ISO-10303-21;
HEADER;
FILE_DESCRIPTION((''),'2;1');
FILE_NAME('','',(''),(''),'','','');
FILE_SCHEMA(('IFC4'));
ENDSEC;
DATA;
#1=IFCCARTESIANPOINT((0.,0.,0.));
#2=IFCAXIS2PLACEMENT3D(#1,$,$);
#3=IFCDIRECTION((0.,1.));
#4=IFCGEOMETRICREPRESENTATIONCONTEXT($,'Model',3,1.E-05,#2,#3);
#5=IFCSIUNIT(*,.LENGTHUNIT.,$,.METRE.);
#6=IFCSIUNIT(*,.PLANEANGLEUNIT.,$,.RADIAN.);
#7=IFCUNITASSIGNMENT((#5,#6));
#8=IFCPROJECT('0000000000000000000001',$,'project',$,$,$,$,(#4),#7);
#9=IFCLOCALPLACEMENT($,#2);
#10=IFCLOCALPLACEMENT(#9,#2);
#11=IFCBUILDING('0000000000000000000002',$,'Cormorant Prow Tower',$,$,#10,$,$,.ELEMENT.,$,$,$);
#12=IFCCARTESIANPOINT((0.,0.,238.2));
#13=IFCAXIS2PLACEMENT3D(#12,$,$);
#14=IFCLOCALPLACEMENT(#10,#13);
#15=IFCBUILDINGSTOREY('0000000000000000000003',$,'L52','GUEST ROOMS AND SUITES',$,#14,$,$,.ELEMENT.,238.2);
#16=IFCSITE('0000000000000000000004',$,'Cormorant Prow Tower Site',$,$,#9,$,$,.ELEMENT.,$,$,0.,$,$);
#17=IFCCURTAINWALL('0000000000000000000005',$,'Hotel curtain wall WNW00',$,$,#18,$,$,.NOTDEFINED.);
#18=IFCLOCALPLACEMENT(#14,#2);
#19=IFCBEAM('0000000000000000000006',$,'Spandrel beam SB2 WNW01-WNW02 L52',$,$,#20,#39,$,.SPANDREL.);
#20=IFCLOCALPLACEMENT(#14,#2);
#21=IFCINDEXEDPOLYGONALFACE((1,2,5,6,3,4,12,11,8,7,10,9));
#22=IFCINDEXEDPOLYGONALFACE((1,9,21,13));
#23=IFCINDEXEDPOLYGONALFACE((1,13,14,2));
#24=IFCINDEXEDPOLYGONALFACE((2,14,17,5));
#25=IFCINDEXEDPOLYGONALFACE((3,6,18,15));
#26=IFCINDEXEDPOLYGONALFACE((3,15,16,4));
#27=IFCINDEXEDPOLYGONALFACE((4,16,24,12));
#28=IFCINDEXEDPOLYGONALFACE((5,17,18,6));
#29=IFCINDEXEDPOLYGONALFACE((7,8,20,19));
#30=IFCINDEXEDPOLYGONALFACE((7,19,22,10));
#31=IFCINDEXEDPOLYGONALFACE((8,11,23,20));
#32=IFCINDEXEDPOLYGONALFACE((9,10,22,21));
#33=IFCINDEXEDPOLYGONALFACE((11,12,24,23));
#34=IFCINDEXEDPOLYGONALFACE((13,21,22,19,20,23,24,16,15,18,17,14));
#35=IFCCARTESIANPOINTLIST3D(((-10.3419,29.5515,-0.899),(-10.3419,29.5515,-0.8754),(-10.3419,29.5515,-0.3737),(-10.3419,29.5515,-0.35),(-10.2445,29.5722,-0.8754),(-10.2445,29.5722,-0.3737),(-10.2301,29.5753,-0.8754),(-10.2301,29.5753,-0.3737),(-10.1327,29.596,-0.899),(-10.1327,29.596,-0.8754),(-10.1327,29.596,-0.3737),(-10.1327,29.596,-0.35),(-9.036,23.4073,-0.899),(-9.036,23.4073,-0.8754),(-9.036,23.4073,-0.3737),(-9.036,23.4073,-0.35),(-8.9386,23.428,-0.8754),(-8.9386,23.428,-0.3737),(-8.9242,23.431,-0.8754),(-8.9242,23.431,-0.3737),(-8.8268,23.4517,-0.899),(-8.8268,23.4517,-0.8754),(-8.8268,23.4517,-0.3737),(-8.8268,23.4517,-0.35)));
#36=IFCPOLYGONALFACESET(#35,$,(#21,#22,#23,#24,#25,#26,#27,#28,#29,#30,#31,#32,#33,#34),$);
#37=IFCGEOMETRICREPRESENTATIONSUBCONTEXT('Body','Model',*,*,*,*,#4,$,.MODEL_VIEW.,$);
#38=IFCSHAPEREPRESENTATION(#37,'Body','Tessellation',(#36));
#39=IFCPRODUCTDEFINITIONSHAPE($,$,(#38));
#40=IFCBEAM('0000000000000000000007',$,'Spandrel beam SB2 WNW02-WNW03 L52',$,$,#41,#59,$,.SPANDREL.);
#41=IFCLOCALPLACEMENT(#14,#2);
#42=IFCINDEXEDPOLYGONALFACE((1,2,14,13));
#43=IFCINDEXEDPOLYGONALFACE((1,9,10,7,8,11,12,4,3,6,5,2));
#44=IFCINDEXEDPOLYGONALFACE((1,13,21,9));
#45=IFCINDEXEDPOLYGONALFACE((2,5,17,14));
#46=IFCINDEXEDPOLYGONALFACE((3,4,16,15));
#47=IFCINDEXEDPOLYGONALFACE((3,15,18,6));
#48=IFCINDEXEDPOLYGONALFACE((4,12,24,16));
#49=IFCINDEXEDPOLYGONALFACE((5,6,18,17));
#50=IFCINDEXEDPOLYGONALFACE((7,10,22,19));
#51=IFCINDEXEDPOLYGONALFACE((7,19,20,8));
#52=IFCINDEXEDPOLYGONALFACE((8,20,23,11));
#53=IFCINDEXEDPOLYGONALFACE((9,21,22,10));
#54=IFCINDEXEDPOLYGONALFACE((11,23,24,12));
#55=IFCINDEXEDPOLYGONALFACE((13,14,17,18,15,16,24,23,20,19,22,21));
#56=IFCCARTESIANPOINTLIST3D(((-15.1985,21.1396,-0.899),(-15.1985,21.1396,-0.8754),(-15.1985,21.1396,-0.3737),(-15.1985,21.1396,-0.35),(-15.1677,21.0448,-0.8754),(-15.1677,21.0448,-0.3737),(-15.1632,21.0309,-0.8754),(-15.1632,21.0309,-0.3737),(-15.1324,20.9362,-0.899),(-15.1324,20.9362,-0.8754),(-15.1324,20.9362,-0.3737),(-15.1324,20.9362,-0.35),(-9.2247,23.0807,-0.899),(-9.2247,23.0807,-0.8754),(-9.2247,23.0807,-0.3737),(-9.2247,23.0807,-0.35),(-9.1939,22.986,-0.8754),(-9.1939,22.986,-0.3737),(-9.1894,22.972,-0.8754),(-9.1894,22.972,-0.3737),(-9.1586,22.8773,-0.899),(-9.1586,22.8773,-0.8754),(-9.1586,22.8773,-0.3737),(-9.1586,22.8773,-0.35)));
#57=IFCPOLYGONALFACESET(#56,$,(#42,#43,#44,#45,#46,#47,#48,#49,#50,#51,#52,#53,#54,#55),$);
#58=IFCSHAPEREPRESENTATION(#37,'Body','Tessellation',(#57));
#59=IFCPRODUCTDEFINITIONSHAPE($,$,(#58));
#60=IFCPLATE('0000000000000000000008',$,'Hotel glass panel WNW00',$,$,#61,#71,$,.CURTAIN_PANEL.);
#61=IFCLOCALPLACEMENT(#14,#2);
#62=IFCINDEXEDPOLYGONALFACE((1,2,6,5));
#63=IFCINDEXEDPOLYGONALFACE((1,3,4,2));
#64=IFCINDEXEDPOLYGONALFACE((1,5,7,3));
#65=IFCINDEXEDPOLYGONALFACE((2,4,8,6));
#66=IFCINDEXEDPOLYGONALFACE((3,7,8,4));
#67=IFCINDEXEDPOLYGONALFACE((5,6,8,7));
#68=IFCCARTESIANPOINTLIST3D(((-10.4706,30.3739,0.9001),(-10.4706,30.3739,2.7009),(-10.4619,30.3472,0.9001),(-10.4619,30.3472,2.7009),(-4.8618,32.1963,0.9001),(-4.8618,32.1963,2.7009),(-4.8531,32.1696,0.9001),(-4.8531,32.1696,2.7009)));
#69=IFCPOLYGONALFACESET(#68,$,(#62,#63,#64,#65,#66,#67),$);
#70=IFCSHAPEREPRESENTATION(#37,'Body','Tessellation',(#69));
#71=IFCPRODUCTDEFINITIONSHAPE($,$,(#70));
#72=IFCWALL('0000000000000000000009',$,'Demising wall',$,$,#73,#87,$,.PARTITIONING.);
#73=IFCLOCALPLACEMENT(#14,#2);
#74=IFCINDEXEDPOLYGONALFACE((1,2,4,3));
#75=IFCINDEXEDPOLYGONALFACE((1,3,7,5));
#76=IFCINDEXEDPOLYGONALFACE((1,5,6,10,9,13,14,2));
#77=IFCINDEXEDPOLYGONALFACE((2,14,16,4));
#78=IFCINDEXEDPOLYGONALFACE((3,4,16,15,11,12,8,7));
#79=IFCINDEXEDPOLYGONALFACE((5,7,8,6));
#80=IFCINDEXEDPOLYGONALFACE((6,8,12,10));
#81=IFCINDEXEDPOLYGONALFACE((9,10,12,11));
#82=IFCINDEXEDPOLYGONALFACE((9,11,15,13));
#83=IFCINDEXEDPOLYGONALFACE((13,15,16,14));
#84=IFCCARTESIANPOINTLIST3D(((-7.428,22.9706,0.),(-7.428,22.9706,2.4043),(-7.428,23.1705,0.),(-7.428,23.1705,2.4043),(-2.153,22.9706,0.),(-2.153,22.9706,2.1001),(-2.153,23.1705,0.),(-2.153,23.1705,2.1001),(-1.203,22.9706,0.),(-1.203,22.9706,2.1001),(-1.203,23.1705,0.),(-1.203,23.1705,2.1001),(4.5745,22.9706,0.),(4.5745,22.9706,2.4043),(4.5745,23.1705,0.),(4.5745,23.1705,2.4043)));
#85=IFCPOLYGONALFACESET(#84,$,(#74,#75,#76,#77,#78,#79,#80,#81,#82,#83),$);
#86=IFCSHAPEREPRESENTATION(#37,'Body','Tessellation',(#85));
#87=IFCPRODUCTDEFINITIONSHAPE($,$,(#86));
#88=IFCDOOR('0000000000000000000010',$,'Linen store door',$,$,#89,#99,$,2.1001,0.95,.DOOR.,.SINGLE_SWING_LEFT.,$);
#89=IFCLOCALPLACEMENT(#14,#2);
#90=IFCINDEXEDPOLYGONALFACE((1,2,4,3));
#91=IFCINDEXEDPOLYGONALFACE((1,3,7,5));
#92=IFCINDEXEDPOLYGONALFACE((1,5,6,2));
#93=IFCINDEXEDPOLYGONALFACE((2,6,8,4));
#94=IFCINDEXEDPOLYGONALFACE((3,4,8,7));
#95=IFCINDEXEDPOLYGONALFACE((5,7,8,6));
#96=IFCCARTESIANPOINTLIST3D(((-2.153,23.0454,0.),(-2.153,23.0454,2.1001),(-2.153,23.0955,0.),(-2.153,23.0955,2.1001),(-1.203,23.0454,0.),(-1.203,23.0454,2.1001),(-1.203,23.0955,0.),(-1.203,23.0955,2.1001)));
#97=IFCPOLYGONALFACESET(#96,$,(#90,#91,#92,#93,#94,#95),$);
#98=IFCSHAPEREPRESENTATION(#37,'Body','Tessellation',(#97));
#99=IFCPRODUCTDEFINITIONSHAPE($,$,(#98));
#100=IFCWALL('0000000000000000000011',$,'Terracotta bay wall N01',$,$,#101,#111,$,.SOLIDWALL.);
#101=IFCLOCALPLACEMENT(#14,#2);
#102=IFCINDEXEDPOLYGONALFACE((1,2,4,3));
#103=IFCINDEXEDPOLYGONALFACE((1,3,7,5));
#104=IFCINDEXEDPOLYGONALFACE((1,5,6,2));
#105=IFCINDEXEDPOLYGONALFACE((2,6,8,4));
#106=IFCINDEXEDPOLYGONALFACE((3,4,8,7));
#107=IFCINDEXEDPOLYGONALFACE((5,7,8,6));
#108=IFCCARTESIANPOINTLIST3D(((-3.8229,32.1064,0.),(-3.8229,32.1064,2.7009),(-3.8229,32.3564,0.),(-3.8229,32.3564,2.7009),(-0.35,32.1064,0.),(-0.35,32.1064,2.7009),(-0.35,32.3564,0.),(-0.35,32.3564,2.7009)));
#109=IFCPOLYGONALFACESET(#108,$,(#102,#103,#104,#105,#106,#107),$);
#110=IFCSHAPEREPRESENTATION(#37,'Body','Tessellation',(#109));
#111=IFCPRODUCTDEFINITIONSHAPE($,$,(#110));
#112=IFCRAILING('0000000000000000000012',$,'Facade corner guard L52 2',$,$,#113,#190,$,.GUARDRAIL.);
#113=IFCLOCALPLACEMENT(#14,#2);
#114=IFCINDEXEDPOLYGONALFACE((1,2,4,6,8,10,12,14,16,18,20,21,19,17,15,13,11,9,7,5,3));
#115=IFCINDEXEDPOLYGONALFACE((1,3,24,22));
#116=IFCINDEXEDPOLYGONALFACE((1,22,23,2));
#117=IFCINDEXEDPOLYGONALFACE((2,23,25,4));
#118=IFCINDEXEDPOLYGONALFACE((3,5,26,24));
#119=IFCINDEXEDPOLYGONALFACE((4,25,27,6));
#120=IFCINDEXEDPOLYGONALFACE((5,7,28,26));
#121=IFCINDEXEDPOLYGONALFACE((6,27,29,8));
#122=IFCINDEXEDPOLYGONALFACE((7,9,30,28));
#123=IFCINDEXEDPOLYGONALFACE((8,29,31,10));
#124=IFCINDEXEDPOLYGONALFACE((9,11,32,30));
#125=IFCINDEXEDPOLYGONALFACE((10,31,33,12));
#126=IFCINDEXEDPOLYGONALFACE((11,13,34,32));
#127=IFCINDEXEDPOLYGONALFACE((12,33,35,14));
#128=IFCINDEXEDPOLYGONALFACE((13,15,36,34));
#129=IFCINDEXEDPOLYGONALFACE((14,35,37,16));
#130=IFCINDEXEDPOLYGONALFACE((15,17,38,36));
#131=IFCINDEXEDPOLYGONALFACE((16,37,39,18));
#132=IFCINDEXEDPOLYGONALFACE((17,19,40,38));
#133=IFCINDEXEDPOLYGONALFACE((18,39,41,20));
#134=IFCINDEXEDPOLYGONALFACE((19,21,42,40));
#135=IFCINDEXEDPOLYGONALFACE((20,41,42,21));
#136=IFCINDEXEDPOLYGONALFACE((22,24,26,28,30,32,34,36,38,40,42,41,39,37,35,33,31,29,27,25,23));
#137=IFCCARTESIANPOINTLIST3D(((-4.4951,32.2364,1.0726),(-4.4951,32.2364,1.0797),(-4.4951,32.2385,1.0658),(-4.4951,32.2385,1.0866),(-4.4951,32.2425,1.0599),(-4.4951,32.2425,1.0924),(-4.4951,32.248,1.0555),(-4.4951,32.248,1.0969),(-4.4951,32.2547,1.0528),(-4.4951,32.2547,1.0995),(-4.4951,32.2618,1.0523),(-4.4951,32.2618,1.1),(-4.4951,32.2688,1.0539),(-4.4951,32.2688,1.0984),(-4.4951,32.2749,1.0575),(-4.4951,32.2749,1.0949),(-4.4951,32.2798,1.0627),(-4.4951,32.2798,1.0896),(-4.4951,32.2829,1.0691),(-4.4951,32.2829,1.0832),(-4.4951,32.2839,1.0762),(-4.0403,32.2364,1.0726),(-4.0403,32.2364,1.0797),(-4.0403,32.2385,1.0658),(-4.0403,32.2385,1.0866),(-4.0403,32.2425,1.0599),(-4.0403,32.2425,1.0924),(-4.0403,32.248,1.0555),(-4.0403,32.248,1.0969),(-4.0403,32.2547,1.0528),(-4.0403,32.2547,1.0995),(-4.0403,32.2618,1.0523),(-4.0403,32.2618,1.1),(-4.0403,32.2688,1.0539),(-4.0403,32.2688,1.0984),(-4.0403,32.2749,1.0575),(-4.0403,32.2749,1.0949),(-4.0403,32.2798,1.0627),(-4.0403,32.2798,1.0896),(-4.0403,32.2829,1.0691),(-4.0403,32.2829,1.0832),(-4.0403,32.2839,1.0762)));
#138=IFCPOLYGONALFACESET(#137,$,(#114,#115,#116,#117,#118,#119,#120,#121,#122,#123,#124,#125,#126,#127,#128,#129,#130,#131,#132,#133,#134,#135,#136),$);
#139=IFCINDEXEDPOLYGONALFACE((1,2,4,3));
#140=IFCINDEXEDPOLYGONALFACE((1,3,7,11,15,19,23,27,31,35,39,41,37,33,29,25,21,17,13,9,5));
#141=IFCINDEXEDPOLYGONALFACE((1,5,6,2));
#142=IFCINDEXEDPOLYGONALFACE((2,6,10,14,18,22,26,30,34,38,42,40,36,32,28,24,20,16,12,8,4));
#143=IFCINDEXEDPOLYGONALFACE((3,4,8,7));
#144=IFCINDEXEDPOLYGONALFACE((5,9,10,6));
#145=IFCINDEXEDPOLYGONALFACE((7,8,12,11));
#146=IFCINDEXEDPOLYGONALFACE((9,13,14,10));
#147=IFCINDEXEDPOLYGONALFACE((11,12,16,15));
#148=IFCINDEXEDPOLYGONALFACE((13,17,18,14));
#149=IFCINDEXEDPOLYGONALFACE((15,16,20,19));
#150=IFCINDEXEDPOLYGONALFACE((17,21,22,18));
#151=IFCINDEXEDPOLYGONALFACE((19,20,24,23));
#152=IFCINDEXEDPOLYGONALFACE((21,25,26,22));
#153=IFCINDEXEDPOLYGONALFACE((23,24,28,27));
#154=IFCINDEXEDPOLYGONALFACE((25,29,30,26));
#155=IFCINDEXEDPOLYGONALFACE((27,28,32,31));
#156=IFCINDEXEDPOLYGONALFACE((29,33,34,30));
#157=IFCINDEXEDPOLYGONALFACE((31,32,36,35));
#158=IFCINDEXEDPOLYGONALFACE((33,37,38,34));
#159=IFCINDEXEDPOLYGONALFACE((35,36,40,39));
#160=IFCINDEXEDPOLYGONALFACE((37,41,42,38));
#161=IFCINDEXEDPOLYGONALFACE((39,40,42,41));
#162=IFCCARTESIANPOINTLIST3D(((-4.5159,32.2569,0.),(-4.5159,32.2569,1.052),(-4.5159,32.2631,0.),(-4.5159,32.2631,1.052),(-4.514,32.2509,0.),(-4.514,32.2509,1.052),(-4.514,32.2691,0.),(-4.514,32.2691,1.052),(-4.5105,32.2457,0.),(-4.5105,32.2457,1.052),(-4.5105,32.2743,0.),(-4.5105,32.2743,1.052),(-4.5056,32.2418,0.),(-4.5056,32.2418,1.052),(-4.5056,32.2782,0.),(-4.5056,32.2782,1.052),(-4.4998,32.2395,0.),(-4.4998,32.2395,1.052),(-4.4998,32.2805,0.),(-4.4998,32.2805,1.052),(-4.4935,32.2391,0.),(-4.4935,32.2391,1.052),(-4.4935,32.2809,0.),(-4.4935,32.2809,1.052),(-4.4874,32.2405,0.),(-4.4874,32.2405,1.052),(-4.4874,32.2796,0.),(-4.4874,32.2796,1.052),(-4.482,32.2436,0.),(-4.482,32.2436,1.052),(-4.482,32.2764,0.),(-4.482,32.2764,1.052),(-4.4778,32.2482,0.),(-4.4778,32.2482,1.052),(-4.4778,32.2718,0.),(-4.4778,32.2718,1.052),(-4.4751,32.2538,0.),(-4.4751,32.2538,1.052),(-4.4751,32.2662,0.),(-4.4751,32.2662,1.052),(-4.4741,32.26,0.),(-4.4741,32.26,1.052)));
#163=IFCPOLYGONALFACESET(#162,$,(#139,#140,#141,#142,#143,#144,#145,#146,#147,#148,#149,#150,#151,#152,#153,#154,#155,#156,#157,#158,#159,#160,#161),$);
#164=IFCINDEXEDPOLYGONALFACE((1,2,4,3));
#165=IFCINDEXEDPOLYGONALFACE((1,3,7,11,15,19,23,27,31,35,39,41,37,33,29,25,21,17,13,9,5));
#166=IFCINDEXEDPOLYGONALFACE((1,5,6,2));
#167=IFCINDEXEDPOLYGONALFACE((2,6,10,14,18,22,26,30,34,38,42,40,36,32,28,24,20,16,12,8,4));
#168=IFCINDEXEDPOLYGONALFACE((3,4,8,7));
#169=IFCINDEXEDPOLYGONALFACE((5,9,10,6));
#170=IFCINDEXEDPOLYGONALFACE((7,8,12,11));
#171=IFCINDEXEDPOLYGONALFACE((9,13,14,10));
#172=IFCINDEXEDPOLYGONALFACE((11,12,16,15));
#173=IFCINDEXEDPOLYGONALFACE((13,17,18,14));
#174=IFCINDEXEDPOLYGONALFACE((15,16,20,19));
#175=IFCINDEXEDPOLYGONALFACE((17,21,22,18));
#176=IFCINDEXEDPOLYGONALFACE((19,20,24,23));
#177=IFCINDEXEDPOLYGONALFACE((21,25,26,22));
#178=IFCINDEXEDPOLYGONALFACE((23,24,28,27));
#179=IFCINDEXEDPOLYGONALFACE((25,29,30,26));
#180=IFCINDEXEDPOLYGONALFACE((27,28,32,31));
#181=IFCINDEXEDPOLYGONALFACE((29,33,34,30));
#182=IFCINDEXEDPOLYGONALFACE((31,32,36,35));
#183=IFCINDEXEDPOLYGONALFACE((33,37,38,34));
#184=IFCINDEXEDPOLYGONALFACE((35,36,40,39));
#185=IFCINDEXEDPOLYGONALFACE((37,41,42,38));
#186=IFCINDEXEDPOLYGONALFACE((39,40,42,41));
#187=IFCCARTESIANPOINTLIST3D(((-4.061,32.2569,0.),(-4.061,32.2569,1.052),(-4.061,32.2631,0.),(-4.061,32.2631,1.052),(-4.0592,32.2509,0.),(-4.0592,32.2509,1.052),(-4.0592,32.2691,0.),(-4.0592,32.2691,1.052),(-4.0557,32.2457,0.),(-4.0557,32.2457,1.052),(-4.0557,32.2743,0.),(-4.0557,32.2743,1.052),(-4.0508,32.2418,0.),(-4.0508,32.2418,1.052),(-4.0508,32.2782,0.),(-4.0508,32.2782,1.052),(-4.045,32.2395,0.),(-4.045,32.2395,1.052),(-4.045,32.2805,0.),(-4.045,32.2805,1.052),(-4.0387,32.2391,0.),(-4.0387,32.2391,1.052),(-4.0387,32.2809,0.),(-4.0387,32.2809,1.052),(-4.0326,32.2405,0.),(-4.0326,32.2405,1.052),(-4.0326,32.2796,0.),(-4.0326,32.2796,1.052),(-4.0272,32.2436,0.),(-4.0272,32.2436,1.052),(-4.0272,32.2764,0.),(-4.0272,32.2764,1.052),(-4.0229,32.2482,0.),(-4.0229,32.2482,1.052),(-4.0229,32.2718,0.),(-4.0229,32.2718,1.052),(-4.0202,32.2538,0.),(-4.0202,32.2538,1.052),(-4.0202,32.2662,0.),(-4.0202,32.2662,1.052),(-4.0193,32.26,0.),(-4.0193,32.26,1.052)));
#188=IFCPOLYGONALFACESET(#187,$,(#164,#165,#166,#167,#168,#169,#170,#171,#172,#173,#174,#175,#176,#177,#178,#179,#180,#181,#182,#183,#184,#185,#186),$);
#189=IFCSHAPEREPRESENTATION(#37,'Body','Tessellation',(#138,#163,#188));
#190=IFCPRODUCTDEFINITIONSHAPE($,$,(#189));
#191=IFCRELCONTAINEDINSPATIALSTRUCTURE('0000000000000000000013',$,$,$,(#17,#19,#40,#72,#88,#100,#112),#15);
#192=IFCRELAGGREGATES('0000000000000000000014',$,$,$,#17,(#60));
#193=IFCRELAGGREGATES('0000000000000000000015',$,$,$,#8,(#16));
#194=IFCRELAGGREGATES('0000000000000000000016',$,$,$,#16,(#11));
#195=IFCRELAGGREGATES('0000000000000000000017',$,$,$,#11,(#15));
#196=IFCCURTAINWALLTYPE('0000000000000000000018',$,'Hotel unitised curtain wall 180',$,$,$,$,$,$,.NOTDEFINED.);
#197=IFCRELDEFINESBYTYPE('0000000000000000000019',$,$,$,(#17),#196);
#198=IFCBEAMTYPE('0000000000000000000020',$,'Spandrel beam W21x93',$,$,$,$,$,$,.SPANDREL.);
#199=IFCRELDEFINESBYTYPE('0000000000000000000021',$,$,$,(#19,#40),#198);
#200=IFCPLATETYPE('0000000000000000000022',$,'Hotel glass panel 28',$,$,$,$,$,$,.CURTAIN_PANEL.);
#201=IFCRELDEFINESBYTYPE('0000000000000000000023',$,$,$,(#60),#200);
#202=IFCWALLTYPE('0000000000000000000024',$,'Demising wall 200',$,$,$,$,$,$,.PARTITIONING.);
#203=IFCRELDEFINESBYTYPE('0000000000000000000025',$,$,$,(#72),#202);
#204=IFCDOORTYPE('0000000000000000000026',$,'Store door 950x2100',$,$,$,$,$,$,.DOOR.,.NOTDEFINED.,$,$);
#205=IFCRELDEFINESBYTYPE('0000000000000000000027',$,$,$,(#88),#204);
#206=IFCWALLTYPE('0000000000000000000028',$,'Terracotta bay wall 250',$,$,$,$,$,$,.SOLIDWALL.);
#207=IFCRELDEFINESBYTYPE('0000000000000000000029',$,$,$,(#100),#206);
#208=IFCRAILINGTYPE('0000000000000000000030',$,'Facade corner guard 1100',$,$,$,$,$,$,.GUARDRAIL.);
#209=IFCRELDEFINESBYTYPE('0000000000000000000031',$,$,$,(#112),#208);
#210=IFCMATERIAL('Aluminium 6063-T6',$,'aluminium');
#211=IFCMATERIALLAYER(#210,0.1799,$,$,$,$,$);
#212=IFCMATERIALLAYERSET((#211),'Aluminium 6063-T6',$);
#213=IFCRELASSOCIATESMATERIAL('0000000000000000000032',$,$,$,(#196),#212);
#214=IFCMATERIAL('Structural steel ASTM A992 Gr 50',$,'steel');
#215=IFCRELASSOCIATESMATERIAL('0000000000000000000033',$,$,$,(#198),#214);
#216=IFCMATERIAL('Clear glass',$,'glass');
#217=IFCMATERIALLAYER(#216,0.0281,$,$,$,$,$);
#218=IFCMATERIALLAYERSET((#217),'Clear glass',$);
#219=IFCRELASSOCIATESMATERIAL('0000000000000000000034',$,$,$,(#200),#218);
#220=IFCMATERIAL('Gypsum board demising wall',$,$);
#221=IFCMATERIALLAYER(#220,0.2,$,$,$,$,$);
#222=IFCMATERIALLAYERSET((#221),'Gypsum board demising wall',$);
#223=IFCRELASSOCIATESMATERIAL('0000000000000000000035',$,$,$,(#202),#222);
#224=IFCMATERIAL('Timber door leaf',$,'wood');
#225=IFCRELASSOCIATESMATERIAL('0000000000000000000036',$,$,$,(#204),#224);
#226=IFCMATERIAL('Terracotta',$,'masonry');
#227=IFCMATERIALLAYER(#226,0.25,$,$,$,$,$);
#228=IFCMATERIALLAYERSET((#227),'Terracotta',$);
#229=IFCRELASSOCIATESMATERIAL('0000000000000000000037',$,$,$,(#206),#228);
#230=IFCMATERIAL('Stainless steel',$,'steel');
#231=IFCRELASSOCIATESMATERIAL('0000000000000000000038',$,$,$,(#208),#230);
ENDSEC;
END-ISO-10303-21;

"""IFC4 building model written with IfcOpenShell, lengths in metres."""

from ifc_helpers import new_model, si_unit, direction, frame, frame_2d, origin, origin_2d, place, context, subcontext, project, spatial, rectangle, circle, i_section, extrude, material, layer, layer_set, material_profile, profile_set, type_object, element, fill, aggregate, save


model = new_model("IFC4")

# Units and contexts
model_context = context("Model", 3, precision=1e-05, world=origin(), true_north=direction((0.0, 1.0)))
body_context = subcontext(model_context, "Body", "Model", "MODEL_VIEW")
ifc_project = project(units=[si_unit("LENGTHUNIT", "METRE"), si_unit("PLANEANGLEUNIT", "RADIAN")], contexts=[model_context])

# Site, building, storey
site_placement = place(None, origin())
site = spatial("IfcSite", under=ifc_project, at=site_placement, Name="Cormorant Prow Tower Site", CompositionType="ELEMENT", RefElevation=0.0)
building_placement = place(site_placement, origin())
building = spatial("IfcBuilding", under=site, at=building_placement, Name="Cormorant Prow Tower", CompositionType="ELEMENT")
storey_placement = place(building_placement, frame((0.0, 0.0, 238.2)))
storey = spatial("IfcBuildingStorey", under=building, at=storey_placement, Name="L52", Description="GUEST ROOMS AND SUITES", CompositionType="ELEMENT", Elevation=238.2)

# Curtain wall
ifc_material_1 = material(Name="Aluminium 6063-T6", Category="aluminium")
ifc_layer_1 = layer(ifc_material_1, 0.1799)
ifc_layer_set_1 = layer_set([ifc_layer_1], Name="Aluminium 6063-T6")
curtain_wall_type = type_object("IfcCurtainWallType", Name="Hotel unitised curtain wall 180", PredefinedType="NOTDEFINED", material=ifc_layer_set_1)
curtain_wall_1_placement = place(storey_placement, origin())
curtain_wall_1 = element("IfcCurtainWall", 1, at=curtain_wall_1_placement, inside=storey, type_object=curtain_wall_type, Name="Hotel curtain wall WNW00", PredefinedType="NOTDEFINED")

# Beams
ifc_material_2 = material(Name="Structural steel ASTM A992 Gr 50", Category="steel")
ifc_material_profile_1 = material_profile(ifc_material_2, i_section(OverallWidth=0.2139, OverallDepth=0.5491, WebThickness=0.0146, FlangeThickness=0.0237, at=origin_2d()), Name="W21x93")
ifc_profile_set_1 = profile_set([ifc_material_profile_1], Name="Structural steel ASTM A992 Gr 50")
beam_type = type_object("IfcBeamType", Name="Spandrel beam W21x93", PredefinedType="SPANDREL", material=ifc_profile_set_1)
for number, where, z_axis, x_axis, name in (
    (2, (-10.2373, 29.5737, -0.6245), (0.207896, -0.978151, 0.0), (0.978151, 0.207896, 0.0), "Spandrel beam SB2 WNW01-WNW02 L52"),
):
    element("IfcBeam", number, at=place(storey_placement, frame(where, z_axis=z_axis, x_axis=x_axis)), inside=storey, type_object=beam_type, Name=name, PredefinedType="SPANDREL", context=body_context, shape_type="SweptSolid", body=[
        extrude(i_section(OverallWidth=0.2139, OverallDepth=0.5491, WebThickness=0.0146, FlangeThickness=0.0237, at=origin_2d()), origin(), (0.0, 0.0, 1.0), 6.2815),
    ])
beam_1_placement = place(storey_placement, frame((-9.1917, 22.979, -0.6245), z_axis=(-0.95105, -0.309036, 0.0), x_axis=(0.309036, -0.95105, 0.0)))
element("IfcBeam", 3, at=beam_1_placement, inside=storey, type_object=beam_type, Name="Spandrel beam SB2 WNW02-WNW03 L52", PredefinedType="SPANDREL", context=body_context, shape_type="SweptSolid", body=[
    extrude(i_section(OverallWidth=0.2139, OverallDepth=0.5491, WebThickness=0.0146, FlangeThickness=0.0237, at=origin_2d()), origin(), (0.0, 0.0, 1.0), 6.2812),
])

# Plate
ifc_material_3 = material(Name="Clear glass", Category="glass")
ifc_layer_2 = layer(ifc_material_3, 0.0281)
ifc_layer_set_2 = layer_set([ifc_layer_2], Name="Clear glass")
plate_type = type_object("IfcPlateType", Name="Hotel glass panel 28", PredefinedType="CURTAIN_PANEL", material=ifc_layer_set_2)
plate_placement = place(storey_placement, frame((-7.6619, 31.2717, 0.9001), z_axis=(0.0, 0.0, 1.0), x_axis=(-0.951057, -0.309017, 0.0)))
plate = element("IfcPlate", 4, at=plate_placement, type_object=plate_type, Name="Hotel glass panel WNW00", PredefinedType="CURTAIN_PANEL", context=body_context, shape_type="SweptSolid", body=[
    extrude(rectangle(XDim=5.8975, YDim=0.0281, at=origin_2d()), origin(), (0.0, 0.0, 1.0), 1.8008),
])
aggregate(curtain_wall_1, [plate])

# Wall, opening, door
ifc_material_4 = material(Name="Gypsum board demising wall")
ifc_layer_3 = layer(ifc_material_4, 0.2)
ifc_layer_set_3 = layer_set([ifc_layer_3], Name="Gypsum board demising wall")
wall_type_1 = type_object("IfcWallType", Name="Demising wall 200", PredefinedType="PARTITIONING", material=ifc_layer_set_3)
wall_1_placement = place(storey_placement, frame((-7.428, 23.0706, 0.0), z_axis=(0.0, 0.0, 1.0), x_axis=(1.0, 0.0, 0.0)))
wall_1 = element("IfcWall", 5, at=wall_1_placement, inside=storey, type_object=wall_type_1, Name="Demising wall", PredefinedType="PARTITIONING", context=body_context, shape_type="SweptSolid", body=[
    extrude(rectangle(XDim=12.0024, YDim=0.2, at=frame_2d((6.0012, 0.0))), origin(), (0.0, 0.0, 1.0), 2.4043),
])
opening_1_placement = place(wall_1_placement, frame((5.2749, 0.0, 0.0)))
opening_1 = element("IfcOpeningElement", 6, at=opening_1_placement, cuts=wall_1, PredefinedType="OPENING", context=body_context, shape_type="SweptSolid", body=[
    extrude(rectangle(XDim=0.95, YDim=2.1001, at=frame_2d((0.4751, 1.05))), frame((0.0, 0.1099, 0.0), z_axis=(0.0, -1.0, 0.0), x_axis=(1.0, 0.0, 0.0)), (0.0, 0.0, 1.0), 0.22),
])
ifc_material_5 = material(Name="Timber door leaf", Category="wood")
door_type_1 = type_object("IfcDoorType", Name="Store door 950x2100", OperationType="NOTDEFINED", PredefinedType="DOOR", material=ifc_material_5)
door_1_placement = place(opening_1_placement, origin())
door_1 = element("IfcDoor", 7, at=door_1_placement, inside=storey, type_object=door_type_1, Name="Linen store door", OperationType="SINGLE_SWING_LEFT", OverallHeight=2.1001, OverallWidth=0.95, PredefinedType="DOOR", context=body_context, shape_type="SweptSolid", body=[
    extrude(rectangle(XDim=0.95, YDim=2.1001, at=frame_2d((0.4751, 1.05))), frame((0.0, 0.0249, 0.0), z_axis=(0.0, -1.0, 0.0), x_axis=(1.0, 0.0, 0.0)), (0.0, 0.0, 1.0), 0.05),
])
fill(opening_1, door_1)

# Wall
ifc_material_6 = material(Name="Terracotta", Category="masonry")
ifc_layer_4 = layer(ifc_material_6, 0.25)
ifc_layer_set_4 = layer_set([ifc_layer_4], Name="Terracotta")
wall_type_2 = type_object("IfcWallType", Name="Terracotta bay wall 250", PredefinedType="SOLIDWALL", material=ifc_layer_set_4)
wall_2_placement = place(storey_placement, frame((-0.3501, 32.2314, 0.0), z_axis=(0.0, 0.0, 1.0), x_axis=(-1.0, 0.0, 0.0)))
element("IfcWall", 8, at=wall_2_placement, inside=storey, type_object=wall_type_2, Name="Terracotta bay wall N01", PredefinedType="SOLIDWALL", context=body_context, shape_type="SweptSolid", body=[
    extrude(rectangle(XDim=3.4729, YDim=0.25, at=frame_2d((1.7363, 0.0))), origin(), (0.0, 0.0, 1.0), 2.7009),
])

# Railing
ifc_material_7 = material(Name="Stainless steel", Category="steel")
railing_type_1 = type_object("IfcRailingType", Name="Facade corner guard 1100", PredefinedType="GUARDRAIL", material=ifc_material_7)
railing_1_placement = place(storey_placement, frame((-4.4951, 32.26, 0.0)))
element("IfcRailing", 9, at=railing_1_placement, inside=storey, type_object=railing_type_1, Name="Facade corner guard L52 2", PredefinedType="GUARDRAIL", context=body_context, shape_type="SweptSolid", body=[
    extrude(circle(Radius=0.0239, at=origin_2d()), frame((0.0, 0.0, 1.0762), z_axis=(1.0, 0.0, 0.0), x_axis=(0.0, 1.0, 0.0)), (0.0, 0.0, 1.0), 0.4548),
    extrude(circle(Radius=0.021, at=origin_2d()), origin(), (0.0, 0.0, 1.0), 1.052),
    extrude(circle(Radius=0.021, at=origin_2d()), frame((0.4548, 0.0, 0.0)), (0.0, 0.0, 1.0), 1.052),
])

save(model, "model.ifc")
